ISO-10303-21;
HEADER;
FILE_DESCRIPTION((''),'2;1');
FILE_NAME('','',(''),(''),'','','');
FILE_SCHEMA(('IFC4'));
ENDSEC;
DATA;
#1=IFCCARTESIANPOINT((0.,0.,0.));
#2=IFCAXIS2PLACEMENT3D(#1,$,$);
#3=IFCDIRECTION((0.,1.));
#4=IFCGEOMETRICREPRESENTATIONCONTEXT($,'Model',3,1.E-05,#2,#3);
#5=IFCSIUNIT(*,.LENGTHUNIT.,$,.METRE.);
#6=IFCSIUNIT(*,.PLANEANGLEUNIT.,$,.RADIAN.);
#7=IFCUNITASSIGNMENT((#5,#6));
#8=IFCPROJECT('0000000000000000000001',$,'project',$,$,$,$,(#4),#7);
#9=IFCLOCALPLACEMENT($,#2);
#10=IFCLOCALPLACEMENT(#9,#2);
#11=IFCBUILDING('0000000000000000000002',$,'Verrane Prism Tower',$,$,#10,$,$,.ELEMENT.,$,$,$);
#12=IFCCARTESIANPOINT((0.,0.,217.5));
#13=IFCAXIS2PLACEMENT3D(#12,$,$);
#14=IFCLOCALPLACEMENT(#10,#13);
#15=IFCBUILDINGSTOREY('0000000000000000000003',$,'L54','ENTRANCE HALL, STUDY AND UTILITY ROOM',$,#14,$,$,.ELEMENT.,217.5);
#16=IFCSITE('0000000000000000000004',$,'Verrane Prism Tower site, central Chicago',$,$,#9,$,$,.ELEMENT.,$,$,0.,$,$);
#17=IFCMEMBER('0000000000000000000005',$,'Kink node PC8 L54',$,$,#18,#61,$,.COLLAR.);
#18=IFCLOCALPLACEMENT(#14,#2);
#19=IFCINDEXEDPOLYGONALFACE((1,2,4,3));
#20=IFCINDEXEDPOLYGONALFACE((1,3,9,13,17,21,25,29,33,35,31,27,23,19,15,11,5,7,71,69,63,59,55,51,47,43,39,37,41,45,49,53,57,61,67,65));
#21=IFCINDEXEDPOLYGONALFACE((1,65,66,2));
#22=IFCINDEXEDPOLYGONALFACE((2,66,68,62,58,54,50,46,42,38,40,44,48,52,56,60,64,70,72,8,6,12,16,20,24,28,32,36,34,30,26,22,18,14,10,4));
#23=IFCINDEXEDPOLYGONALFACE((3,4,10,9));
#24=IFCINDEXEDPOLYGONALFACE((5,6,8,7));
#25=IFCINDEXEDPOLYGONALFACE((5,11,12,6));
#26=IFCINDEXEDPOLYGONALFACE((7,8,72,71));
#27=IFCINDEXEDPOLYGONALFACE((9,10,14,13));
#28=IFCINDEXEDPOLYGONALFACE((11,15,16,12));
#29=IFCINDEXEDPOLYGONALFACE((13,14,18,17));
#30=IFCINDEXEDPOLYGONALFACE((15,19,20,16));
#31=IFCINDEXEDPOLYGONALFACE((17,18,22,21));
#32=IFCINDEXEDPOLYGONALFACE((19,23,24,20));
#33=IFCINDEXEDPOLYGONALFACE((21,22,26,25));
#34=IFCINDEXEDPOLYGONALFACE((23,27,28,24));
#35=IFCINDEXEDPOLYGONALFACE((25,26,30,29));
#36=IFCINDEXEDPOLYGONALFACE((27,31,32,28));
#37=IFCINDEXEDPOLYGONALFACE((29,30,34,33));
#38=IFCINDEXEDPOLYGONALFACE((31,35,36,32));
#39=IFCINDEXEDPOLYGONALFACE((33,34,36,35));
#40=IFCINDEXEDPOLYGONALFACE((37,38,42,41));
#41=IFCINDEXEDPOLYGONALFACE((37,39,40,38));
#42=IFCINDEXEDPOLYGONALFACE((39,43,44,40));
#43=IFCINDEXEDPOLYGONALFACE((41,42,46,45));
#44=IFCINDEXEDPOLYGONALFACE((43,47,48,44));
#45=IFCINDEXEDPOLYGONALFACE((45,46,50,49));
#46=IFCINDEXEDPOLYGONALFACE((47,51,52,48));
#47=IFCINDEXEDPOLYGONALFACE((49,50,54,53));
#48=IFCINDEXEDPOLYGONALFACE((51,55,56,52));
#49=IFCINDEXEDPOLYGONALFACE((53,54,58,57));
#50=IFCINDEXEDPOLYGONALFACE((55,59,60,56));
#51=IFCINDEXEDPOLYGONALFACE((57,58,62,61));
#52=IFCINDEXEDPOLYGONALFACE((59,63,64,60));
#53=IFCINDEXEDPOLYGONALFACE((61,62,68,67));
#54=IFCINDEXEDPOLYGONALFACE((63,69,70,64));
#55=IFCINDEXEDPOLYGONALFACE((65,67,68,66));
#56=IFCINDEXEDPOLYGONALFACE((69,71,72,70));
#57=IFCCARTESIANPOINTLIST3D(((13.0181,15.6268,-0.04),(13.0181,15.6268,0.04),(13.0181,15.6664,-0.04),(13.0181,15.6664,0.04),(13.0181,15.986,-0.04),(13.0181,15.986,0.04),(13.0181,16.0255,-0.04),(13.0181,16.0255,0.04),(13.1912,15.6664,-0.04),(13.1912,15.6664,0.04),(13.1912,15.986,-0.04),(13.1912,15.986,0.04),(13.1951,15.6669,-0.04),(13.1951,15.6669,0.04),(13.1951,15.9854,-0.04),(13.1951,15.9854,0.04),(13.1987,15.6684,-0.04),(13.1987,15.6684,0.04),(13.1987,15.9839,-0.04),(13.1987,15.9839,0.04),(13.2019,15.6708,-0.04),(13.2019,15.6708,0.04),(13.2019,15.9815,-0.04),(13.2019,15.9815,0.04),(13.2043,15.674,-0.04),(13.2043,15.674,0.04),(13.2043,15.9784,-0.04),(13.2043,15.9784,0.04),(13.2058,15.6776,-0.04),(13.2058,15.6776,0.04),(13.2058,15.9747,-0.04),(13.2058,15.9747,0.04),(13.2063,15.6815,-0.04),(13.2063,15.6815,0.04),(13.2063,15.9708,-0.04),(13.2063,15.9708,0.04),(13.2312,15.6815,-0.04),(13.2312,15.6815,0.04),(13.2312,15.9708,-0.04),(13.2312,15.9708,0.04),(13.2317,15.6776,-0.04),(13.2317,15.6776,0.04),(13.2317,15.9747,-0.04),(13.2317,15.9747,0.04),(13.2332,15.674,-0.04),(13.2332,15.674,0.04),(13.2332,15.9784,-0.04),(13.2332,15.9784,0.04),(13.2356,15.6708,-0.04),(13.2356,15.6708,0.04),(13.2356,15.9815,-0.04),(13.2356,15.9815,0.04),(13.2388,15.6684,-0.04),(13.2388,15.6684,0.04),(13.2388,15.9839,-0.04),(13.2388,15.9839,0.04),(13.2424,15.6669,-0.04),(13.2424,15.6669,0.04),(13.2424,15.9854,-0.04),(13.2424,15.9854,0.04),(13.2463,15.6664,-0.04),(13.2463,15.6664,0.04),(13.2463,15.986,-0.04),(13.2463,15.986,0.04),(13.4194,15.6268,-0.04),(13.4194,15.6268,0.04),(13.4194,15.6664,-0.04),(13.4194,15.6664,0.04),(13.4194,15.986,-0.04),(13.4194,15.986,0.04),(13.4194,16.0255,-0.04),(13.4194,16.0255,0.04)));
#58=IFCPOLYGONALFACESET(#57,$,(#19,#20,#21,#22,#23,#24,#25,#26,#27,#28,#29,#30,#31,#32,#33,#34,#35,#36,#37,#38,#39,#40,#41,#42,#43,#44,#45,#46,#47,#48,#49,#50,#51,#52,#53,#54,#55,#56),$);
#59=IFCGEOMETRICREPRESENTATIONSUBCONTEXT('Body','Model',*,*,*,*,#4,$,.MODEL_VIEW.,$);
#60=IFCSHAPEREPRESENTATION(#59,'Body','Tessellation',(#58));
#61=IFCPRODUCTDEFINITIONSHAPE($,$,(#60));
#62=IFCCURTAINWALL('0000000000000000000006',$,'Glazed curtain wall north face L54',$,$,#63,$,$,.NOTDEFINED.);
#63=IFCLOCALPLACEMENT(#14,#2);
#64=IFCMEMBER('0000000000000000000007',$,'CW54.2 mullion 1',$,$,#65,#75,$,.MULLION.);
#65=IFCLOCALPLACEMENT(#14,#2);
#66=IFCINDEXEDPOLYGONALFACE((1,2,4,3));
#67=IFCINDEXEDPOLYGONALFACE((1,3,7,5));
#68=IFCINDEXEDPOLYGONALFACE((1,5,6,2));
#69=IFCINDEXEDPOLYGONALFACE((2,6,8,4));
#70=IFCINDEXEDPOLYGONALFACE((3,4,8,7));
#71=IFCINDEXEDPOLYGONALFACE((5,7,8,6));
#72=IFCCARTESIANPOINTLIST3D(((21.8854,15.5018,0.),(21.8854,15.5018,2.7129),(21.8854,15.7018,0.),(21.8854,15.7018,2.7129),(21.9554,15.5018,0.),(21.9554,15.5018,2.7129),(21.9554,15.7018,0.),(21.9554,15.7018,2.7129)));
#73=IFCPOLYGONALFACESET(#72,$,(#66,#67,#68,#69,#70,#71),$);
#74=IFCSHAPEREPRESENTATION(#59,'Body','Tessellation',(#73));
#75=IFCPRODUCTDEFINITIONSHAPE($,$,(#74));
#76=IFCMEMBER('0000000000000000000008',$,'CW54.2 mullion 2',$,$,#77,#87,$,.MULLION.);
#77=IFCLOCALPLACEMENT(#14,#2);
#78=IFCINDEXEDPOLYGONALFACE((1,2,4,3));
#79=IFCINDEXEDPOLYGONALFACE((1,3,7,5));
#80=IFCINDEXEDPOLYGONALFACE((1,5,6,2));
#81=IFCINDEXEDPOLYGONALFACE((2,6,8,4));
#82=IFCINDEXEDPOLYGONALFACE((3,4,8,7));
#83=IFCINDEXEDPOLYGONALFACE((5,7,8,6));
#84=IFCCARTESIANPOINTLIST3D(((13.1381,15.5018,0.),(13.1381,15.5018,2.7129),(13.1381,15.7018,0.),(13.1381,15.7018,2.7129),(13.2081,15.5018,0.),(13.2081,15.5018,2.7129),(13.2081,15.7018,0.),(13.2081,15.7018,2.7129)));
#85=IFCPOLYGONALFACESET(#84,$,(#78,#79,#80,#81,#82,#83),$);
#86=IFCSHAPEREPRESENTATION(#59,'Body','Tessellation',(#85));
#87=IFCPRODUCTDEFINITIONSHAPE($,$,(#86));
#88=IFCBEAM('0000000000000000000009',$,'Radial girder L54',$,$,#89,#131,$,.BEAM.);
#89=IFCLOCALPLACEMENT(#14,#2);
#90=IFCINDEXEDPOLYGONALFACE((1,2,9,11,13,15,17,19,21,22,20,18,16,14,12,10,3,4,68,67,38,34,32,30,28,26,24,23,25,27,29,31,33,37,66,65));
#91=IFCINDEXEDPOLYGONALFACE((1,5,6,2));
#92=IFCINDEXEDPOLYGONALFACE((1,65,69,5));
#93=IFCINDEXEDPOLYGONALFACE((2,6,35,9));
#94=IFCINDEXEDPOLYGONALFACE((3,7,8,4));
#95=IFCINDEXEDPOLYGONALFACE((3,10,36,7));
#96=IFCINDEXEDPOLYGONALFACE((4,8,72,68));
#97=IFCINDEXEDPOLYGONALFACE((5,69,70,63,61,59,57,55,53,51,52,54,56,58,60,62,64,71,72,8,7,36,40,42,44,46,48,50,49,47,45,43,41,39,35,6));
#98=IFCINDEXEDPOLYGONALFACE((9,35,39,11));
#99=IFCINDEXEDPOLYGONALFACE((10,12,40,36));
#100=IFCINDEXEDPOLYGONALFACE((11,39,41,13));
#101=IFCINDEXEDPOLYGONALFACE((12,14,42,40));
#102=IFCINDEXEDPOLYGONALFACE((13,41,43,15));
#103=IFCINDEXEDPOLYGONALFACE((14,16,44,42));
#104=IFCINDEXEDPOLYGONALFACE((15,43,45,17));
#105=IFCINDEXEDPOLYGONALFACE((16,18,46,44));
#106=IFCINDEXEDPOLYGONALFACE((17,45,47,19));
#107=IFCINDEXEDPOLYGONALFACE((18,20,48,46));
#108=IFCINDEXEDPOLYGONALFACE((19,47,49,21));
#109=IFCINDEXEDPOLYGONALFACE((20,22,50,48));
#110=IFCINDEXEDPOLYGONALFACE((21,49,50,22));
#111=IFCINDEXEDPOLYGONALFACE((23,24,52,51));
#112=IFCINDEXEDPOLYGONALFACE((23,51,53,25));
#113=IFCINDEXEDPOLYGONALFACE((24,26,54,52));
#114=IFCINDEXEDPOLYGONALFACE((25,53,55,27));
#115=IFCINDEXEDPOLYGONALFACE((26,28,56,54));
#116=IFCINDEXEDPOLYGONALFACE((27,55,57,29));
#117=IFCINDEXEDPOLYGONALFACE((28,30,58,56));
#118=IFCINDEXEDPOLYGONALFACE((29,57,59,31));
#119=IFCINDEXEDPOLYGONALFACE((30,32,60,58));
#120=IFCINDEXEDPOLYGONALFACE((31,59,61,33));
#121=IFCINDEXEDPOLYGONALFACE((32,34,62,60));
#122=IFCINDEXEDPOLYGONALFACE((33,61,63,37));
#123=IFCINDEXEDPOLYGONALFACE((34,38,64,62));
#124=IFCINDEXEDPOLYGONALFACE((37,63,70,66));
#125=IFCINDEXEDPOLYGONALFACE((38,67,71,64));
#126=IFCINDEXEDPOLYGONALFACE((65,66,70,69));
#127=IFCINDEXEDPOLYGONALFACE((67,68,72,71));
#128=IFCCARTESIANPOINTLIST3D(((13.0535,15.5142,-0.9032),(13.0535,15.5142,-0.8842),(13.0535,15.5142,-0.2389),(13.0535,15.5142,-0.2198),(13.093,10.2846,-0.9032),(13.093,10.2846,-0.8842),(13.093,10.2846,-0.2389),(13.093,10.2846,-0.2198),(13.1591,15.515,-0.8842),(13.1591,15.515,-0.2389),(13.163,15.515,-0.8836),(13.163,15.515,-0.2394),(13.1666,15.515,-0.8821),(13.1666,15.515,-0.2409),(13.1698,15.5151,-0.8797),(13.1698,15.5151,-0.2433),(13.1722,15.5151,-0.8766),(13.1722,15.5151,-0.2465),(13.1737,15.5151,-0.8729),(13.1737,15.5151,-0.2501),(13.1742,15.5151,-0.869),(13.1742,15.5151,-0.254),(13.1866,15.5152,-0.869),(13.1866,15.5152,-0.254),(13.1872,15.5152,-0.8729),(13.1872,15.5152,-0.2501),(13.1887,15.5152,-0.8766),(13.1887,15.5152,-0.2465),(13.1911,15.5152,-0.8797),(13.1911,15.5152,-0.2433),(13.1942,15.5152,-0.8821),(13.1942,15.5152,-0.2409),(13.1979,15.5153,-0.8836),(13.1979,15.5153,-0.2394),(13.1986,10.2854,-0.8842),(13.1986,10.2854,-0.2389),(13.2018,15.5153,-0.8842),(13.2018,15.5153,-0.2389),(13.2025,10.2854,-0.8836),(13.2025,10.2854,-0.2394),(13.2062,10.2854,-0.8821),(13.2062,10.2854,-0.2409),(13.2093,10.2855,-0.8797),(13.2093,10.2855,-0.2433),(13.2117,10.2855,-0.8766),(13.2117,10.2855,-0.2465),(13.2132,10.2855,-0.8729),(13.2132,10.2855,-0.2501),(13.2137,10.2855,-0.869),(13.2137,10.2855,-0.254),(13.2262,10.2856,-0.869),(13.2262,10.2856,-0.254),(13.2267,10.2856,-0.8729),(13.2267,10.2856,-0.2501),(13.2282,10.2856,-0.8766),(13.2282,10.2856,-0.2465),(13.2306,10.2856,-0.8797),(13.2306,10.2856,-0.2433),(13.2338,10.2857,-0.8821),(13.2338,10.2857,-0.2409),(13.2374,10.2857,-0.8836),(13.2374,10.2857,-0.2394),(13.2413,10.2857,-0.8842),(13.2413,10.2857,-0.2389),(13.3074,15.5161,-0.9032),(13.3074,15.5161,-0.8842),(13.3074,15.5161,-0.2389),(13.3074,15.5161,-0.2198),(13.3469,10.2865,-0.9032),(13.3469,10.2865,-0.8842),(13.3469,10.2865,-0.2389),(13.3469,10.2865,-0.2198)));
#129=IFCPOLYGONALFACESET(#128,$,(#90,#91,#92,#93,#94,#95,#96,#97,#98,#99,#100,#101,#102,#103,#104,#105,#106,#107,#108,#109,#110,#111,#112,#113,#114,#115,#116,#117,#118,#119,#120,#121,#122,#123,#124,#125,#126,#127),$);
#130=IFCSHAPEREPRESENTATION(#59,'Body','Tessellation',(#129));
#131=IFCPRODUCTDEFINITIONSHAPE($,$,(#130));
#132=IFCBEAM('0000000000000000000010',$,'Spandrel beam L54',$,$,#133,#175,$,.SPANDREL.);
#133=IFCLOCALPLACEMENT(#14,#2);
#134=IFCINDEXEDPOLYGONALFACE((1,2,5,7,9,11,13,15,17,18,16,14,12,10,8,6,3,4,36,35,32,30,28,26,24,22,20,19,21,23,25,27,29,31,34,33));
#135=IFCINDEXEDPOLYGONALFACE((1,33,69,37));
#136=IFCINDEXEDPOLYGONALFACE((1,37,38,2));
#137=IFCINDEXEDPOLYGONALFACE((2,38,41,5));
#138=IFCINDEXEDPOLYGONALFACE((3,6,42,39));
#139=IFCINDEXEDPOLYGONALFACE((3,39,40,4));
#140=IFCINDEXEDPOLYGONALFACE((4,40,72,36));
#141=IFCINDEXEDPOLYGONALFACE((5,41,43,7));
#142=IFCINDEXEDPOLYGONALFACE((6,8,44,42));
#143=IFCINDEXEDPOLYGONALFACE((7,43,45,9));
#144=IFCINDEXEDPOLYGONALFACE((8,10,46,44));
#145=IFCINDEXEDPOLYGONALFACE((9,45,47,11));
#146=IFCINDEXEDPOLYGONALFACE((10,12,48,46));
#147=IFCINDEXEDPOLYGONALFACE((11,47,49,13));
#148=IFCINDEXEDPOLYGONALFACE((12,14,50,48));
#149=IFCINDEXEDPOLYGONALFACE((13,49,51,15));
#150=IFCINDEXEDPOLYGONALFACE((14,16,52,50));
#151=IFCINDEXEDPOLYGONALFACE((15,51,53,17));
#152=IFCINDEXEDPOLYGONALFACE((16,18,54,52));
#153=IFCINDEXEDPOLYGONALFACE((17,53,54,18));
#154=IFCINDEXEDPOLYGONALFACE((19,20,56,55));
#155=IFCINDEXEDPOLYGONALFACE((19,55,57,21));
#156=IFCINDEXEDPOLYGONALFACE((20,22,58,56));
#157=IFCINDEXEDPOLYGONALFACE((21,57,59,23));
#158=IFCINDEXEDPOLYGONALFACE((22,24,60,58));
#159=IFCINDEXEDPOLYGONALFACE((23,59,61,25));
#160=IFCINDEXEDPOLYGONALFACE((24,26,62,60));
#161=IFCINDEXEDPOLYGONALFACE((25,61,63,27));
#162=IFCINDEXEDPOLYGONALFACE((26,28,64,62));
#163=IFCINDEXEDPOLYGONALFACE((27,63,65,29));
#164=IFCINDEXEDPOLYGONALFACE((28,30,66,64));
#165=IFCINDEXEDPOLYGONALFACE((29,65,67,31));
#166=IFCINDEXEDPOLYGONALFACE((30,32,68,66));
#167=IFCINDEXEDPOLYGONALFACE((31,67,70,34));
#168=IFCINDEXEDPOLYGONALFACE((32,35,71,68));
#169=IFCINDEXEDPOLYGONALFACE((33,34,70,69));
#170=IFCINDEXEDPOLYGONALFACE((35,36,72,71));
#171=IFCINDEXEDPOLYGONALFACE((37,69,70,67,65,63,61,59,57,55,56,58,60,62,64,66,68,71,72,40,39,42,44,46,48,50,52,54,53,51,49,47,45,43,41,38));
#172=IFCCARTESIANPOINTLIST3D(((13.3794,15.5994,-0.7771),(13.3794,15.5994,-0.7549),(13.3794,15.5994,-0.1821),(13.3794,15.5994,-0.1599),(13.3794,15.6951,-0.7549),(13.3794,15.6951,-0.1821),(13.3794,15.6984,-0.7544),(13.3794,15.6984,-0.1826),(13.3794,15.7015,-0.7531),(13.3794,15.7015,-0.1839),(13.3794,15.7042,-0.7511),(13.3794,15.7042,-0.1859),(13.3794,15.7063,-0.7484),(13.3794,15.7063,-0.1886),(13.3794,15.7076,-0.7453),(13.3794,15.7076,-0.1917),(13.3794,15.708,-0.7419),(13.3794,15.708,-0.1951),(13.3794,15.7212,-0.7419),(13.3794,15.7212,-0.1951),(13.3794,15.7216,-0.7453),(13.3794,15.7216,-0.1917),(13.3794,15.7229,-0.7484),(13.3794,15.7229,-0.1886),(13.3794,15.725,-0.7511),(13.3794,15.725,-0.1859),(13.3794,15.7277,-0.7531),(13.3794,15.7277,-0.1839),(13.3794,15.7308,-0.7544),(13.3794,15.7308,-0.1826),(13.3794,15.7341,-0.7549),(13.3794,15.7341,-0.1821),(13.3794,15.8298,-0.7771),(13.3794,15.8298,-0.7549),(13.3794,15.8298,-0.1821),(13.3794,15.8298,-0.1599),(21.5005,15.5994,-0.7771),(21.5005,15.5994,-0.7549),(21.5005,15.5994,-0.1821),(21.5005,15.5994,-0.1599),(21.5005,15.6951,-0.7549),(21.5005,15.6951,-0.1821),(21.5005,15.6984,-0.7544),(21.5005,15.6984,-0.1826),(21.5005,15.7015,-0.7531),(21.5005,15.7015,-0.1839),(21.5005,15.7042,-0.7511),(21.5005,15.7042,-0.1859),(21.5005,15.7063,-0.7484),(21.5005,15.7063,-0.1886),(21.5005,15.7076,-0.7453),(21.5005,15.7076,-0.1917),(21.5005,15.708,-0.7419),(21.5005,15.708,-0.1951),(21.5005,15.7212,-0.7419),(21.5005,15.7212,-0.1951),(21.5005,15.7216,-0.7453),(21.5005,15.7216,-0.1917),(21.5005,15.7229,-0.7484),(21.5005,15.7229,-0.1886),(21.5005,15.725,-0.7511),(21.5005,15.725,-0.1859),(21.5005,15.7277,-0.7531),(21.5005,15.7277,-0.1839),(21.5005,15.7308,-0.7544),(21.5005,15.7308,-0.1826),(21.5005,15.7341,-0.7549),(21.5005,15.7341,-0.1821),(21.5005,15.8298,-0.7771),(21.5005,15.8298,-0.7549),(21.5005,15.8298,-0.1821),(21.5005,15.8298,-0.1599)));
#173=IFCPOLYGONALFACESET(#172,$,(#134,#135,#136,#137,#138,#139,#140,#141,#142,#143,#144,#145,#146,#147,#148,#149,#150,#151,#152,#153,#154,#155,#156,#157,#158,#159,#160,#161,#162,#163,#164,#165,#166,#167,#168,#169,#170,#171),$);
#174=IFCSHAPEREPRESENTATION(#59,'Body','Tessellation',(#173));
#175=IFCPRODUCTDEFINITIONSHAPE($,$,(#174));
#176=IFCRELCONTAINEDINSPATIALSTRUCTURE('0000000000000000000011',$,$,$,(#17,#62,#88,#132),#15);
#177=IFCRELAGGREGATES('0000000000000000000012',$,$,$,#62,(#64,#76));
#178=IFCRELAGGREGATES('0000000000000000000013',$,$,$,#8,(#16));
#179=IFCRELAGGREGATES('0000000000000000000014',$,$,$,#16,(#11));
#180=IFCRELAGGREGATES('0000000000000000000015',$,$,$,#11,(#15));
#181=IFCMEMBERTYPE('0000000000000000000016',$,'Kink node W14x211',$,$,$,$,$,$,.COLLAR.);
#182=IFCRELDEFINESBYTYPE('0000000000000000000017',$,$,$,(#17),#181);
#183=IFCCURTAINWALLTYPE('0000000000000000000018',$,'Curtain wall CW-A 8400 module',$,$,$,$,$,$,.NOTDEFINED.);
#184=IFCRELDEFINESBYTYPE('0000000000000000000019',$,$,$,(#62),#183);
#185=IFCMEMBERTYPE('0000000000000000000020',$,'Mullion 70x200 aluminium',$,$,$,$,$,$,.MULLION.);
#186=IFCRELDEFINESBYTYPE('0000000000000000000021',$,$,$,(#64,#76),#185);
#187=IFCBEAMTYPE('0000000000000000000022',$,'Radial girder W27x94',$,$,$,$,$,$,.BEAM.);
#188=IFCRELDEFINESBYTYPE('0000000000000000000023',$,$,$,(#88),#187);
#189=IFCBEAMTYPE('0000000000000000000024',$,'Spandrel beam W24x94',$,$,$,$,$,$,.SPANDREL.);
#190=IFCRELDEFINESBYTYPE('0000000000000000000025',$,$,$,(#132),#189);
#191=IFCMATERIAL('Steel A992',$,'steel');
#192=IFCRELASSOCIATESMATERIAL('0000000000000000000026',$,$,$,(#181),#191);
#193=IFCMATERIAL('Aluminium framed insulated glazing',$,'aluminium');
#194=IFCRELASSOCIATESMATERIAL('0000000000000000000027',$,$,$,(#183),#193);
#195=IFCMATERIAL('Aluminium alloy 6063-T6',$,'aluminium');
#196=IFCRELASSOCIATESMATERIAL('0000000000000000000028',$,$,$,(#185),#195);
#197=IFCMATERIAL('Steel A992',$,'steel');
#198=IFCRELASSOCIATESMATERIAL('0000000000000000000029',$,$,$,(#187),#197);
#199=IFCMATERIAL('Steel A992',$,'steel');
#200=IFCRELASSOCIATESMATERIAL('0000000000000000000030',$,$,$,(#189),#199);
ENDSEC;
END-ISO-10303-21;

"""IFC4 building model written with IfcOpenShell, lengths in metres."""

from ifc_helpers import new_model, si_unit, direction, frame, origin, origin_2d, place, context, subcontext, project, spatial, rectangle, i_section, extrude, material, material_profile, profile_set, type_object, element, aggregate, save


model = new_model("IFC4")

# Units and contexts
model_context = context("Model", 3, precision=1e-05, world=origin(), true_north=direction((0.0, 1.0)))
body_context = subcontext(model_context, "Body", "Model", "MODEL_VIEW")
ifc_project = project(units=[si_unit("LENGTHUNIT", "METRE"), si_unit("PLANEANGLEUNIT", "RADIAN")], contexts=[model_context])

# Site, building, storey
site_placement = place(None, origin())
site = spatial("IfcSite", under=ifc_project, at=site_placement, Name="Verrane Prism Tower site, central Chicago", CompositionType="ELEMENT", RefElevation=0.0)
building_placement = place(site_placement, origin())
building = spatial("IfcBuilding", under=site, at=building_placement, Name="Verrane Prism Tower", CompositionType="ELEMENT")
storey_placement = place(building_placement, frame((0.0, 0.0, 217.5)))
storey = spatial("IfcBuildingStorey", under=building, at=storey_placement, Name="L54", Description="ENTRANCE HALL, STUDY AND UTILITY ROOM", CompositionType="ELEMENT", Elevation=217.5)

# Member
ifc_material_1 = material(Name="Steel A992", Category="steel")
ifc_material_profile_1 = material_profile(ifc_material_1, i_section(OverallWidth=0.4014, OverallDepth=0.3987, WebThickness=0.0249, FlangeThickness=0.0396, FilletRadius=0.0151, at=origin_2d()), Name="W14x211")
ifc_profile_set_1 = profile_set([ifc_material_profile_1], Name="Steel A992")
member_type_1 = type_object("IfcMemberType", Name="Kink node W14x211", PredefinedType="COLLAR", material=ifc_profile_set_1)
member_1_placement = place(storey_placement, frame((13.2188, 15.8262, -0.04), z_axis=(0.0, 0.0, 1.0), x_axis=(1.0, 0.0, 0.0)))
element("IfcMember", 1, at=member_1_placement, inside=storey, type_object=member_type_1, Name="Kink node PC8 L54", PredefinedType="COLLAR", context=body_context, shape_type="SweptSolid", body=[
    extrude(i_section(OverallWidth=0.4014, OverallDepth=0.3987, WebThickness=0.0249, FlangeThickness=0.0396, FilletRadius=0.0151, at=origin_2d()), origin(), (0.0, 0.0, 1.0), 0.0801),
])

# Curtain wall, members
ifc_material_2 = material(Name="Aluminium framed insulated glazing", Category="aluminium")
curtain_wall_type_1 = type_object("IfcCurtainWallType", Name="Curtain wall CW-A 8400 module", PredefinedType="NOTDEFINED", material=ifc_material_2)
curtain_wall_1_placement = place(storey_placement, origin())
curtain_wall_1 = element("IfcCurtainWall", 2, at=curtain_wall_1_placement, inside=storey, type_object=curtain_wall_type_1, Name="Glazed curtain wall north face L54", PredefinedType="NOTDEFINED")
ifc_material_3 = material(Name="Aluminium alloy 6063-T6", Category="aluminium")
ifc_material_profile_2 = material_profile(ifc_material_3, rectangle(XDim=0.2, YDim=0.0701, at=origin_2d()), Name="Mullion 70x200 aluminium")
ifc_profile_set_2 = profile_set([ifc_material_profile_2], Name="Aluminium alloy 6063-T6")
member_type_2 = type_object("IfcMemberType", Name="Mullion 70x200 aluminium", PredefinedType="MULLION", material=ifc_profile_set_2)
member_2_placement = place(storey_placement, frame((21.9204, 15.6018, 0.0), z_axis=(0.0, 0.0, 1.0), x_axis=(0.0, -1.0, 0.0)))
member_2 = element("IfcMember", 3, at=member_2_placement, type_object=member_type_2, Name="CW54.2 mullion 1", PredefinedType="MULLION", context=body_context, shape_type="SweptSolid", body=[
    extrude(rectangle(XDim=0.2, YDim=0.0701, at=origin_2d()), origin(), (0.0, 0.0, 1.0), 2.7129),
])
member_3_placement = place(storey_placement, frame((13.1731, 15.6018, 0.0), z_axis=(0.0, 0.0, 1.0), x_axis=(0.0, -1.0, 0.0)))
member_3 = element("IfcMember", 4, at=member_3_placement, type_object=member_type_2, Name="CW54.2 mullion 2", PredefinedType="MULLION", context=body_context, shape_type="SweptSolid", body=[
    extrude(rectangle(XDim=0.2, YDim=0.0701, at=origin_2d()), origin(), (0.0, 0.0, 1.0), 2.7129),
])

# Beams
ifc_material_4 = material(Name="Steel A992", Category="steel")
ifc_material_profile_3 = material_profile(ifc_material_4, i_section(OverallWidth=0.2539, OverallDepth=0.6833, WebThickness=0.0125, FlangeThickness=0.019, FilletRadius=0.0151, at=origin_2d()), Name="W27x94")
ifc_profile_set_3 = profile_set([ifc_material_profile_3], Name="Steel A992")
beam_type_1 = type_object("IfcBeamType", Name="Radial girder W27x94", PredefinedType="BEAM", material=ifc_profile_set_3)
beam_1_placement = place(storey_placement, frame((13.1804, 15.5151, -0.5615), z_axis=(0.007563, -0.999971, 0.0), x_axis=(0.999971, 0.007563, 0.0)))
element("IfcBeam", 5, at=beam_1_placement, inside=storey, type_object=beam_type_1, Name="Radial girder L54", PredefinedType="BEAM", context=body_context, shape_type="SweptSolid", body=[
    extrude(i_section(OverallWidth=0.2539, OverallDepth=0.6833, WebThickness=0.0125, FlangeThickness=0.019, FilletRadius=0.0151, at=origin_2d()), origin(), (0.0, 0.0, 1.0), 5.2297),
])
ifc_material_5 = material(Name="Steel A992", Category="steel")
ifc_material_profile_4 = material_profile(ifc_material_5, i_section(OverallWidth=0.2305, OverallDepth=0.6172, WebThickness=0.0132, FlangeThickness=0.0222, FilletRadius=0.0129, at=origin_2d()), Name="W24x94")
ifc_profile_set_4 = profile_set([ifc_material_profile_4], Name="Steel A992")
beam_type_2 = type_object("IfcBeamType", Name="Spandrel beam W24x94", PredefinedType="SPANDREL", material=ifc_profile_set_4)
beam_2_placement = place(storey_placement, frame((21.5005, 15.7146, -0.4685), z_axis=(-1.0, 0.0, 0.0), x_axis=(0.0, -1.0, 0.0)))
element("IfcBeam", 6, at=beam_2_placement, inside=storey, type_object=beam_type_2, Name="Spandrel beam L54", PredefinedType="SPANDREL", context=body_context, shape_type="SweptSolid", body=[
    extrude(i_section(OverallWidth=0.2305, OverallDepth=0.6172, WebThickness=0.0132, FlangeThickness=0.0222, FilletRadius=0.0129, at=origin_2d()), origin(), (0.0, 0.0, 1.0), 8.1211),
])

aggregate(curtain_wall_1, [member_2, member_3])

save(model, "model.ifc")
